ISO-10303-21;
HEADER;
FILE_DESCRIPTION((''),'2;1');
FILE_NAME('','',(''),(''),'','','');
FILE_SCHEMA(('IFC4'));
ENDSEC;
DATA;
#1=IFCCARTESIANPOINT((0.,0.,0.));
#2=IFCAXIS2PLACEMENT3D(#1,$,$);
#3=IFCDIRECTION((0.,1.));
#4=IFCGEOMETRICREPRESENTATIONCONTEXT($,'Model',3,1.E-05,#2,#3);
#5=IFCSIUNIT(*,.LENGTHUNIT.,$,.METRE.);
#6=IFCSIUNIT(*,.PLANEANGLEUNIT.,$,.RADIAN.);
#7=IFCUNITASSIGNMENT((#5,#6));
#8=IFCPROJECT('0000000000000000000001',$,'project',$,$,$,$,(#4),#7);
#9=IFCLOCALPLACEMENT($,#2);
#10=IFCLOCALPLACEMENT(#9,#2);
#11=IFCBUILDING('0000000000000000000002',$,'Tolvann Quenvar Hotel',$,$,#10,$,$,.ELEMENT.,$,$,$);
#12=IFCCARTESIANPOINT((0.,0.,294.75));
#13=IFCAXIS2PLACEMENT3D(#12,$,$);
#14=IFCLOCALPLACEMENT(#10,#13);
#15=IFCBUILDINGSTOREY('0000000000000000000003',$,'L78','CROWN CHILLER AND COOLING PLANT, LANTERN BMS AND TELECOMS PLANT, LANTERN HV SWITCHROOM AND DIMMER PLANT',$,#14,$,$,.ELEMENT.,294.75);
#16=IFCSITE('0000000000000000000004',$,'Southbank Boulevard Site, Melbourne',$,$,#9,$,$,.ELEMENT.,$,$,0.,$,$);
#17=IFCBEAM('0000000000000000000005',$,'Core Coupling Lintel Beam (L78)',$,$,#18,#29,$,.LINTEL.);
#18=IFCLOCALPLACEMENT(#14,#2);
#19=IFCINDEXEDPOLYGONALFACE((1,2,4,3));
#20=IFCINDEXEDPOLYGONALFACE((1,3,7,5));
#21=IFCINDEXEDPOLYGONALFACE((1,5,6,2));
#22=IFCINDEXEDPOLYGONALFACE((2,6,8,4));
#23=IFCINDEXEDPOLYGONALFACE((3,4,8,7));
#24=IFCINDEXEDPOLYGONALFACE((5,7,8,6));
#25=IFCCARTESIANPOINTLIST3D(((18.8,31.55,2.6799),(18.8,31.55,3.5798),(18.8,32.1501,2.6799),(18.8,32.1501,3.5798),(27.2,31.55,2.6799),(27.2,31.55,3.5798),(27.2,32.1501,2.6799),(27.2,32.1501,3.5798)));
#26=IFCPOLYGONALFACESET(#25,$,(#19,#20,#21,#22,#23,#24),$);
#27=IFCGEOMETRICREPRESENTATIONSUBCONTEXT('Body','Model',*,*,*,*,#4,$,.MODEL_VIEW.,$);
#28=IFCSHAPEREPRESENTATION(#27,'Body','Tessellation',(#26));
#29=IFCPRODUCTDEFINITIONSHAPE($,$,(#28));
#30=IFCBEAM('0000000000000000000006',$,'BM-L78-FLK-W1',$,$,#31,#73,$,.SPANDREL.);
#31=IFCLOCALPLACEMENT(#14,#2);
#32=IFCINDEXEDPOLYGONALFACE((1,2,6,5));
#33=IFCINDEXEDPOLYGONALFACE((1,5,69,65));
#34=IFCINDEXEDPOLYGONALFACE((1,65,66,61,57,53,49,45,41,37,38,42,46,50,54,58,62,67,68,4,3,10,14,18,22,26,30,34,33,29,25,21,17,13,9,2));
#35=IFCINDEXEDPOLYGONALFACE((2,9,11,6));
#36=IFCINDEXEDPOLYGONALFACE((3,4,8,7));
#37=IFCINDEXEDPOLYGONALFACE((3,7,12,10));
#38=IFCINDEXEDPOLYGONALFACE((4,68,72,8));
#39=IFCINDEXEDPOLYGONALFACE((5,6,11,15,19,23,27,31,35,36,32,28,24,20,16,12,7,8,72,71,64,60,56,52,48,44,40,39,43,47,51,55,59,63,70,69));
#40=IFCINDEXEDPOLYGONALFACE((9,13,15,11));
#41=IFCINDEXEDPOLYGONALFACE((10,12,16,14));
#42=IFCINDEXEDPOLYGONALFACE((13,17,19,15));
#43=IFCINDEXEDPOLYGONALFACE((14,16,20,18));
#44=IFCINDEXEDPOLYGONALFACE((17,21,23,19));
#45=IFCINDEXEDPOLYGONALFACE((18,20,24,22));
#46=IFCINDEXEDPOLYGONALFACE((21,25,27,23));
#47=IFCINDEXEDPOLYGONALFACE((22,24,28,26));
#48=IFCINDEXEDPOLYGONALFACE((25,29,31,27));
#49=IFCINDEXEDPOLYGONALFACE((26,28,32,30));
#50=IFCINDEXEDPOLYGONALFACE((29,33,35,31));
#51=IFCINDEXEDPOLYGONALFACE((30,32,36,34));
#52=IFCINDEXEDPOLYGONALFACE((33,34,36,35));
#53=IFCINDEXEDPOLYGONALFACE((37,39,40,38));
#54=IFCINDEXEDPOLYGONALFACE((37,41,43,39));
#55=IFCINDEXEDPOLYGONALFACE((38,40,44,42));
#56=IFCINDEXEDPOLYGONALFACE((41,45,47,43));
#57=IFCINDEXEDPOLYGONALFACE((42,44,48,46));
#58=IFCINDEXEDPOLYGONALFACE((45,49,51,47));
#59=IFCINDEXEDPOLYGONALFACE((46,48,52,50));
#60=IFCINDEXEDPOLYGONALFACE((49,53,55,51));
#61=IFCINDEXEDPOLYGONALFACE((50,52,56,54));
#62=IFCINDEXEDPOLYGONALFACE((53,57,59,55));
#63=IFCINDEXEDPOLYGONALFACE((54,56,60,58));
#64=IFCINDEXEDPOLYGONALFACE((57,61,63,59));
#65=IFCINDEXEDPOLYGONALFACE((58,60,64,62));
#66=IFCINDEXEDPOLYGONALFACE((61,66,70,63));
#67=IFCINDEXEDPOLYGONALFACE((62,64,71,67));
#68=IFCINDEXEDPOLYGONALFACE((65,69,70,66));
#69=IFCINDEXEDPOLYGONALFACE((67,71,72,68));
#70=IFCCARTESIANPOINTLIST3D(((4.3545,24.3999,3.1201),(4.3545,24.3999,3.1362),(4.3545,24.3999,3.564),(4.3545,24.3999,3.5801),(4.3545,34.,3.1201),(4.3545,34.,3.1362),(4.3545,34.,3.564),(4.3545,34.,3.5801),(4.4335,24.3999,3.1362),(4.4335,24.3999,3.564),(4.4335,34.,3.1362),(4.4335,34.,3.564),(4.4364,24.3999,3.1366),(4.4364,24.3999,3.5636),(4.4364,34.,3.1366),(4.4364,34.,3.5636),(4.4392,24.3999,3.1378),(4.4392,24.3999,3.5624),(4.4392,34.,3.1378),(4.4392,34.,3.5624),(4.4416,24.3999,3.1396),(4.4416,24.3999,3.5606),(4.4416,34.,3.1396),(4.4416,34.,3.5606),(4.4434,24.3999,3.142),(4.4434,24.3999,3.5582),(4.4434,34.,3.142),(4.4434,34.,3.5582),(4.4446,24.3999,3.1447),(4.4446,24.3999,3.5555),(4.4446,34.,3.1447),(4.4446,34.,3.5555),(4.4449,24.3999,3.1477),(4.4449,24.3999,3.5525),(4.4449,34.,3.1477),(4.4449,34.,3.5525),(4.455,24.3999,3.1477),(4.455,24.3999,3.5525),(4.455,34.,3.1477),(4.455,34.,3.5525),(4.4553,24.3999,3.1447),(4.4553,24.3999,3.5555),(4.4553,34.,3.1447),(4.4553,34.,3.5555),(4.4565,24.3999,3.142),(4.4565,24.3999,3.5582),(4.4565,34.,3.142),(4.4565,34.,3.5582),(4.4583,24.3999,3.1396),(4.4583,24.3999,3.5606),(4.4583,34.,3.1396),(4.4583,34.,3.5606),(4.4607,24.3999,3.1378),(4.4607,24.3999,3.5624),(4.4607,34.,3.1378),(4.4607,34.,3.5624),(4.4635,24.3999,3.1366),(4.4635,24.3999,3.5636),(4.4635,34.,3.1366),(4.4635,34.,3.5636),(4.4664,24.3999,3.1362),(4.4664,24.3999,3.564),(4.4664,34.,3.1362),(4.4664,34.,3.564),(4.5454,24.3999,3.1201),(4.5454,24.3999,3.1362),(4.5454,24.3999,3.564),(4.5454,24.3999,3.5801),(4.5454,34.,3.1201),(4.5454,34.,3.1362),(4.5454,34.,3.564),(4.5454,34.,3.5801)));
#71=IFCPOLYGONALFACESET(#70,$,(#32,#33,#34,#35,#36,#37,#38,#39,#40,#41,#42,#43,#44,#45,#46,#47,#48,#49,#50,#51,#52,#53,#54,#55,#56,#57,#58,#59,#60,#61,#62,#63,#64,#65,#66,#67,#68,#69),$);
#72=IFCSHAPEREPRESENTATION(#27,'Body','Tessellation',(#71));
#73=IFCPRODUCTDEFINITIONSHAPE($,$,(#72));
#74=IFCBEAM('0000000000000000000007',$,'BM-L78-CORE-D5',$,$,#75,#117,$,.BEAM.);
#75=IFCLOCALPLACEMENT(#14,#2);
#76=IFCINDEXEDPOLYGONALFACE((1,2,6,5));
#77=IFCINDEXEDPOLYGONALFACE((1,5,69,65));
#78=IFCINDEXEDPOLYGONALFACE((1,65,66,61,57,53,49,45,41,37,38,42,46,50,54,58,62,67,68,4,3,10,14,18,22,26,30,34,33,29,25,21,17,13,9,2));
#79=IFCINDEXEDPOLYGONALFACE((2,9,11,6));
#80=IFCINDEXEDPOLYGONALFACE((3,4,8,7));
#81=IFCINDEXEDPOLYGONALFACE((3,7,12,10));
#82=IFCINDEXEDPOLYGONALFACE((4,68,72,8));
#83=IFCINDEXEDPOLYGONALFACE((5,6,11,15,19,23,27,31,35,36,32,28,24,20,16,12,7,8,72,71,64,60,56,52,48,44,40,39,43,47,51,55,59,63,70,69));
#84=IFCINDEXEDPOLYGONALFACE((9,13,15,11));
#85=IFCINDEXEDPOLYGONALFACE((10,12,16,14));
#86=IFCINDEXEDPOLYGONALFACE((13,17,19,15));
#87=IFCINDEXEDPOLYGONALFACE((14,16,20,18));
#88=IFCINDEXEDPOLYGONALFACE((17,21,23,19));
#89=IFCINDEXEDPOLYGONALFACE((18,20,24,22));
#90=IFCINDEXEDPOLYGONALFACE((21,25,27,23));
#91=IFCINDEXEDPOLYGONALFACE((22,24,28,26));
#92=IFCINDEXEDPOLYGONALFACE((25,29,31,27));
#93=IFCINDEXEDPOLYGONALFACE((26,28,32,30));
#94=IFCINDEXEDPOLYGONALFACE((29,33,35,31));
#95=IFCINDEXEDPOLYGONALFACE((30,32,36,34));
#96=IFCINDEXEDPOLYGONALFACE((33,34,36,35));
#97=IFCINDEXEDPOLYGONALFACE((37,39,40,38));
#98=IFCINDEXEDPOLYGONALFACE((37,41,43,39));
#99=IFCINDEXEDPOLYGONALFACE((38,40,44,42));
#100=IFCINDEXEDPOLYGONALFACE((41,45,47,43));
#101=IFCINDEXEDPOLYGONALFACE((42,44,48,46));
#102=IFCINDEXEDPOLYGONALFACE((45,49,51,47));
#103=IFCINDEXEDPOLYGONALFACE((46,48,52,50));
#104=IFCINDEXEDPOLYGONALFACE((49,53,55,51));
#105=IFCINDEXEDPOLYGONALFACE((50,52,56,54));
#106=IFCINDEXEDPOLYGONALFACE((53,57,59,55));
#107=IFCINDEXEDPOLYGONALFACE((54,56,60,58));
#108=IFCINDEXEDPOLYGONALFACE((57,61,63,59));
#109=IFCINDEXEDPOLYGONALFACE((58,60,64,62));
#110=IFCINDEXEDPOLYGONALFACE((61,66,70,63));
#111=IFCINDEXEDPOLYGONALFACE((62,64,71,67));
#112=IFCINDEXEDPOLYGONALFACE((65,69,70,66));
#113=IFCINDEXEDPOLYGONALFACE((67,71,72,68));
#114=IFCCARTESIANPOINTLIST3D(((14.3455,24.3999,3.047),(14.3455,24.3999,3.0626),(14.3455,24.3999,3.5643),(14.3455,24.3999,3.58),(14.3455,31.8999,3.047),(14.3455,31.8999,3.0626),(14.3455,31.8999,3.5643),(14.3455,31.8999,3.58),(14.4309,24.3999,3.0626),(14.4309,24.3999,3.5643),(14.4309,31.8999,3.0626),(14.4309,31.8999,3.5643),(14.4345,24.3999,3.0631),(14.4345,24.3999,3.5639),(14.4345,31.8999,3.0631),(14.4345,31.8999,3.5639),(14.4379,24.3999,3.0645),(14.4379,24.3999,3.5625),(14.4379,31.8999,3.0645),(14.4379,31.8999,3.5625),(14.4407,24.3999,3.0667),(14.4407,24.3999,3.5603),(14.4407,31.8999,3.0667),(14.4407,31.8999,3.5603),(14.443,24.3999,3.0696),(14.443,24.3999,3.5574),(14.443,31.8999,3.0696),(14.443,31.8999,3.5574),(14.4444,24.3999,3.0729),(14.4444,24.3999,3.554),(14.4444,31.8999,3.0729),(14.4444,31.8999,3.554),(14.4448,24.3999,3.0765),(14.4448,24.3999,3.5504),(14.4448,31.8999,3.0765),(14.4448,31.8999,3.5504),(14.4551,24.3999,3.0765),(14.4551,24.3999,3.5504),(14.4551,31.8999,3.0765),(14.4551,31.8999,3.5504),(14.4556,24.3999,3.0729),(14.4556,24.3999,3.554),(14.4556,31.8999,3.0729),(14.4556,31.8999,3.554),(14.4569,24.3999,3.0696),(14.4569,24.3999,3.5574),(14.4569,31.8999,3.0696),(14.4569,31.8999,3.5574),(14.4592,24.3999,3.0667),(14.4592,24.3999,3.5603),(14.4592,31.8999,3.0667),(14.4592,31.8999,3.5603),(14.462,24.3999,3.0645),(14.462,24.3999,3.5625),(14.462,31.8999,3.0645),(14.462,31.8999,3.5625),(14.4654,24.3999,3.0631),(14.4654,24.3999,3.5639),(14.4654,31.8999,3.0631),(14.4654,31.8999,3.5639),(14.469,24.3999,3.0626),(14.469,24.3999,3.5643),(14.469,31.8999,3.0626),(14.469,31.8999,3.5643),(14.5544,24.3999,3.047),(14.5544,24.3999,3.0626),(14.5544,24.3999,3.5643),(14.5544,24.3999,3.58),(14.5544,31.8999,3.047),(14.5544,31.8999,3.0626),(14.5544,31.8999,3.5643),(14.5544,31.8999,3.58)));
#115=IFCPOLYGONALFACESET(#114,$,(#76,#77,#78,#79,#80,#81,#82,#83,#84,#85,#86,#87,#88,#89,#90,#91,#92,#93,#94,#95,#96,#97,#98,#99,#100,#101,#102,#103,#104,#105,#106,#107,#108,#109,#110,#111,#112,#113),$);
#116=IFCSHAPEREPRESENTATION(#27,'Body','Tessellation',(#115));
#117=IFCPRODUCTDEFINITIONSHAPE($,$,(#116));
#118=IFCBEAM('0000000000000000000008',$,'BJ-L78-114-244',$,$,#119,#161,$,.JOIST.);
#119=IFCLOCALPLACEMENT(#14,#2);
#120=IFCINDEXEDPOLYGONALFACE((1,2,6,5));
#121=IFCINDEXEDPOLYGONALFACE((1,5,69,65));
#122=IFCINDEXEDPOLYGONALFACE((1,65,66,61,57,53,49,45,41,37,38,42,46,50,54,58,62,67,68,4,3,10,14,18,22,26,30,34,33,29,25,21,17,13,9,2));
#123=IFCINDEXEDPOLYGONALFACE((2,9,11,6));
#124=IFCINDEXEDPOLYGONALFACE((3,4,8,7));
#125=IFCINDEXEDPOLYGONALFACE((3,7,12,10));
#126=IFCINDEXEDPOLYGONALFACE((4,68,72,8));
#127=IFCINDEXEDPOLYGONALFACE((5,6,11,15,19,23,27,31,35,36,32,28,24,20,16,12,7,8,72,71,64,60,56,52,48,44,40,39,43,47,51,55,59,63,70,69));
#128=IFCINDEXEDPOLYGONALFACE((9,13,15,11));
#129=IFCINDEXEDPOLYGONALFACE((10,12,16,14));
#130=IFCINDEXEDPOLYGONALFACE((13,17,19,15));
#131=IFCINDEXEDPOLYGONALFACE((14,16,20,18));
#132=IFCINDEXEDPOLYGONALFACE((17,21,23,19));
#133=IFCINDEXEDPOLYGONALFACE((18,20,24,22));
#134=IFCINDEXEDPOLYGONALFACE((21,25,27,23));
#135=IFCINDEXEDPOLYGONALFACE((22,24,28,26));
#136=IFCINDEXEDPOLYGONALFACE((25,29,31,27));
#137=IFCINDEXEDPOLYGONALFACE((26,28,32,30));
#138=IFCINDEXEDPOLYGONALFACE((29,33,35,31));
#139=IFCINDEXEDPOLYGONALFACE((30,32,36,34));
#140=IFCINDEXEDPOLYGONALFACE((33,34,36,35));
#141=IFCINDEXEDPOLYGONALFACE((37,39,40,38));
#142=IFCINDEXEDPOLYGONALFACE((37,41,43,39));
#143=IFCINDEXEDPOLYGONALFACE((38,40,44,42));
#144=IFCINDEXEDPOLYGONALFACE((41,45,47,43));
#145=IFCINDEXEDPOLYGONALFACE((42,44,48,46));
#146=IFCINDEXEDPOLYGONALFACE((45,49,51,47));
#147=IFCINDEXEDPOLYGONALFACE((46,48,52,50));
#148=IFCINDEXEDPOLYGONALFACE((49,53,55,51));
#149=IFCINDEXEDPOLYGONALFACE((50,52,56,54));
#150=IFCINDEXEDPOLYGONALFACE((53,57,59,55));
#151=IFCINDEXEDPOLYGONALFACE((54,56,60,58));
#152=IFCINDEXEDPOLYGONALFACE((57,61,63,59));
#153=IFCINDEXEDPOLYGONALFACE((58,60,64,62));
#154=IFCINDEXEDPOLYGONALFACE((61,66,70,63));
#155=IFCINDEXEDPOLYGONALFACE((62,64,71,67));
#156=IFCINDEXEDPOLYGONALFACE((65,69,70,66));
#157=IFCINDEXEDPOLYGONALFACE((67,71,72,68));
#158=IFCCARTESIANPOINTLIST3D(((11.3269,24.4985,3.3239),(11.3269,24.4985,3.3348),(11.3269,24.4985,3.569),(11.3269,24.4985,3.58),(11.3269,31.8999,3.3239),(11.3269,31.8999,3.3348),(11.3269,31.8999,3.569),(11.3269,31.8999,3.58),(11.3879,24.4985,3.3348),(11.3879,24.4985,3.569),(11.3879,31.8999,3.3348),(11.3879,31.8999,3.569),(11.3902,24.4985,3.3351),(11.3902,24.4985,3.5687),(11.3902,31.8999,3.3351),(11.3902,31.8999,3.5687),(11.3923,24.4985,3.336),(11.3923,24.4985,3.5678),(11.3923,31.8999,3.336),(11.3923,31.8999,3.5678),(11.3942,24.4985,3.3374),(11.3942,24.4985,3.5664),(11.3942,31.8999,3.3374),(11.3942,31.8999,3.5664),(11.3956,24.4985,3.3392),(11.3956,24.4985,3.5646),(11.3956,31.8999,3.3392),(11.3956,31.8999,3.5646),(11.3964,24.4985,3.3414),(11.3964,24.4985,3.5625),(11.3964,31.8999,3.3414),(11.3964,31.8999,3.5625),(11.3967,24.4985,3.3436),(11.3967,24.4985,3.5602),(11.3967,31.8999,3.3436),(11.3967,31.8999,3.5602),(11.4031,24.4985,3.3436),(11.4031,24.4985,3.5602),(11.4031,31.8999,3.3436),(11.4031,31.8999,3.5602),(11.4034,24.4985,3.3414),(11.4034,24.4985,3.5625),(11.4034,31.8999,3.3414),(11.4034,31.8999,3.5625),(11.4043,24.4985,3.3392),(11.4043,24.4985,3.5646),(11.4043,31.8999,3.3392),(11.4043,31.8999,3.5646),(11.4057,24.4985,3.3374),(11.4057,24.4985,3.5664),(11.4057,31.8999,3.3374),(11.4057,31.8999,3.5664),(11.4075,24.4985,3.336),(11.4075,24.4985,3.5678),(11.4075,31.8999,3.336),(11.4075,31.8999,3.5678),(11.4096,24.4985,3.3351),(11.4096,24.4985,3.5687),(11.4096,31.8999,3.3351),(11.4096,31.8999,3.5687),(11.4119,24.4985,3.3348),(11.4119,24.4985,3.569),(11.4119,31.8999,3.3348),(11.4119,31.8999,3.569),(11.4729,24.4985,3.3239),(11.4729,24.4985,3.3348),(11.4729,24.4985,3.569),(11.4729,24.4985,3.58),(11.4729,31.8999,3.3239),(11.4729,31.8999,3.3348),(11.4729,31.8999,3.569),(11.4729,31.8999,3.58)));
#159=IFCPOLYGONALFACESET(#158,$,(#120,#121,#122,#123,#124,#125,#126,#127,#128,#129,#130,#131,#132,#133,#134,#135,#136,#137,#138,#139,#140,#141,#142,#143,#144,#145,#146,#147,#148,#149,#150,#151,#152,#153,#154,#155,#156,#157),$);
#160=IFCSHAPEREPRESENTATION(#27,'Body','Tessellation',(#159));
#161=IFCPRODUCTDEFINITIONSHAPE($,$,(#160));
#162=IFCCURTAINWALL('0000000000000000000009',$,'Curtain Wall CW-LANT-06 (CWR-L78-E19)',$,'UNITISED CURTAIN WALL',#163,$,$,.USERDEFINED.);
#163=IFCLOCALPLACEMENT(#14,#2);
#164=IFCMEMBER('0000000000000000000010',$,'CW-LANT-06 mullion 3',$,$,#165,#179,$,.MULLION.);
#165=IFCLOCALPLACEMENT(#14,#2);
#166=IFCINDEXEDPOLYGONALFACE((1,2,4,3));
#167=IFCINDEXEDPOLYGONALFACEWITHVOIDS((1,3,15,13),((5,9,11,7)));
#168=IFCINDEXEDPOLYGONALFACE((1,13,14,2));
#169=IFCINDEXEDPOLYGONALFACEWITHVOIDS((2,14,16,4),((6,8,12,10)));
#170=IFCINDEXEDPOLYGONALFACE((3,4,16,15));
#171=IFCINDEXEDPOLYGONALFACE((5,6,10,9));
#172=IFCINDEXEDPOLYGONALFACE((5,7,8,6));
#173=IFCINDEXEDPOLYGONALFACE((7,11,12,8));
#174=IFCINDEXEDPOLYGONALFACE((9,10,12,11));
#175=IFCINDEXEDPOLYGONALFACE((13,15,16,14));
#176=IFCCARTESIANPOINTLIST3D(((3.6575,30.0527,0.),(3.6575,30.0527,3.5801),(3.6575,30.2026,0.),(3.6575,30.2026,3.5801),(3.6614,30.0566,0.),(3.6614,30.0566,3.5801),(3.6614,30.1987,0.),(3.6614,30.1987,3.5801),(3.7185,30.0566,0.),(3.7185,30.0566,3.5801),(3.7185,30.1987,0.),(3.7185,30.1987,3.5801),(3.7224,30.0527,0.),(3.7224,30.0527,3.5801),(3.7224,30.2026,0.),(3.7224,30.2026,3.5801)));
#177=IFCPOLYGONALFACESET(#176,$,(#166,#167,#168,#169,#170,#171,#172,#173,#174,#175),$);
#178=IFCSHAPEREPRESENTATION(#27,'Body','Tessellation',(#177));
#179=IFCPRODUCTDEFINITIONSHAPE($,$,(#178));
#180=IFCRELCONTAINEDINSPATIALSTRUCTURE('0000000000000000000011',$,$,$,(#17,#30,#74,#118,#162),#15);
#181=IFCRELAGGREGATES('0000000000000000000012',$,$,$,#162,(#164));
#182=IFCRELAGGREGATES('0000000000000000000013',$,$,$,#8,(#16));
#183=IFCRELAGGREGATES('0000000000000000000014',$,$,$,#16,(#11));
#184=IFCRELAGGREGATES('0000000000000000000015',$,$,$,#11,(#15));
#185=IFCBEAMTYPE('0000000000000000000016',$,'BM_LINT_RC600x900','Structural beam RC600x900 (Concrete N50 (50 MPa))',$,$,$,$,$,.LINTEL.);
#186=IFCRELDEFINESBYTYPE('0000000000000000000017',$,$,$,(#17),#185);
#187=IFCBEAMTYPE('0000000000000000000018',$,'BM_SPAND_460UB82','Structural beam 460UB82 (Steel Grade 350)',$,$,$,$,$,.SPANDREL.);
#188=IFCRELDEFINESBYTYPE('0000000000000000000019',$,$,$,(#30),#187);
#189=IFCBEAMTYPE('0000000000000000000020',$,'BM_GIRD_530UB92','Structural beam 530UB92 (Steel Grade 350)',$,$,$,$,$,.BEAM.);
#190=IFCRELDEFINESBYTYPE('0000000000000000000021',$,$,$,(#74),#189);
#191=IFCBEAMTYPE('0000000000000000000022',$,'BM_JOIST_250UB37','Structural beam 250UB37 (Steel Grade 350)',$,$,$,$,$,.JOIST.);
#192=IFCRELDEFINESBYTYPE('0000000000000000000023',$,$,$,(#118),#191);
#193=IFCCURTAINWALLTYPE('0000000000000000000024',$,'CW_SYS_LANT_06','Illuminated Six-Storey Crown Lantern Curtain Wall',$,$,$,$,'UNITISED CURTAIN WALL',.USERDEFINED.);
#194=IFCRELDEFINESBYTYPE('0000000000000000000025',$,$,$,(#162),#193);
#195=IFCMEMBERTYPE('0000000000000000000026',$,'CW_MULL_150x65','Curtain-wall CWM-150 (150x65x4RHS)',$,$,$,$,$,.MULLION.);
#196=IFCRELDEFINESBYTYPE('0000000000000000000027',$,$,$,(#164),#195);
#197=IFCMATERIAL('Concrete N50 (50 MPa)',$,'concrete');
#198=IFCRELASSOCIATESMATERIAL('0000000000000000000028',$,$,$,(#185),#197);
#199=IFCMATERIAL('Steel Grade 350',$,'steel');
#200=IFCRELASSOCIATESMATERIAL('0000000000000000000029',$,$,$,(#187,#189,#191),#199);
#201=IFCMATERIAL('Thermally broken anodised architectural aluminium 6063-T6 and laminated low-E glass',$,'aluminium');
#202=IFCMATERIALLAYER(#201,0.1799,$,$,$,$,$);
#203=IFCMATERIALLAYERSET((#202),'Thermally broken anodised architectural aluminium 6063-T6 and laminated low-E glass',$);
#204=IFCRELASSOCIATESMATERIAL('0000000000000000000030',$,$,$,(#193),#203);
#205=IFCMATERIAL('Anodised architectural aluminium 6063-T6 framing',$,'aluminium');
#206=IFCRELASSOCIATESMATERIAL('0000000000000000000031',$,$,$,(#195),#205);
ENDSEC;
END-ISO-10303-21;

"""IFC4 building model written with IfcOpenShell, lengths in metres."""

from ifc_helpers import new_model, si_unit, direction, frame, origin, origin_2d, place, context, subcontext, project, spatial, rectangle, hollow_rectangle, i_section, extrude, source, transform, mapped, material, layer, layer_set, material_profile, profile_set, type_object, type_shapes, element, aggregate, save


model = new_model("IFC4")

# Units and contexts
model_context = context("Model", 3, precision=1e-05, world=origin(), true_north=direction((0.0, 1.0)))
body_context = subcontext(model_context, "Body", "Model", "MODEL_VIEW")
ifc_project = project(units=[si_unit("LENGTHUNIT", "METRE"), si_unit("PLANEANGLEUNIT", "RADIAN")], contexts=[model_context])

# Site, building, storey
site_placement = place(None, origin())
site = spatial("IfcSite", under=ifc_project, at=site_placement, Name="Southbank Boulevard Site, Melbourne", CompositionType="ELEMENT", RefElevation=0.0)
building_placement = place(site_placement, origin())
building = spatial("IfcBuilding", under=site, at=building_placement, Name="Tolvann Quenvar Hotel", CompositionType="ELEMENT")
storey_placement = place(building_placement, frame((0.0, 0.0, 294.75)))
storey = spatial("IfcBuildingStorey", under=building, at=storey_placement, Name="L78", Description="CROWN CHILLER AND COOLING PLANT, LANTERN BMS AND TELECOMS PLANT, LANTERN HV SWITCHROOM AND DIMMER PLANT", CompositionType="ELEMENT", Elevation=294.75)

# Beams
ifc_material_1 = material(Name="Concrete N50 (50 MPa)", Category="concrete")
ifc_material_profile_1 = material_profile(ifc_material_1, rectangle(XDim=0.6001, YDim=0.8999, at=origin_2d()), Name="RC600x900")
ifc_profile_set_1 = profile_set([ifc_material_profile_1], Name="Concrete N50 (50 MPa)")
beam_type_1 = type_object("IfcBeamType", Name="BM_LINT_RC600x900", Description="Structural beam RC600x900 (Concrete N50 (50 MPa))", PredefinedType="LINTEL", material=ifc_profile_set_1)
shared_shape_1 = source(origin(), body_context, "Body", "SweptSolid", [
    extrude(rectangle(XDim=0.6001, YDim=0.8999, at=origin_2d()), origin(), (0.0, 0.0, 1.0), 8.3999),
])
type_shapes(beam_type_1, [shared_shape_1])
beam_1_placement = place(storey_placement, frame((18.8, 31.8501, 3.1299), z_axis=(1.0, 0.0, 0.0), x_axis=(0.0, 1.0, 0.0)))
element("IfcBeam", 1, at=beam_1_placement, inside=storey, type_object=beam_type_1, Name="Core Coupling Lintel Beam (L78)", PredefinedType="LINTEL", context=body_context, shape_type="MappedRepresentation", body=[
    mapped(shared_shape_1, transform((0.0, 0.0, 0.0), x_axis=(1.0, 0.0, 0.0), y_axis=(0.0, 1.0, 0.0), z_axis=(0.0, 0.0, 1.0), scale=1.0)),
])
ifc_material_2 = material(Name="Steel Grade 350", Category="steel")
ifc_material_profile_2 = material_profile(ifc_material_2, i_section(OverallWidth=0.1909, OverallDepth=0.46, WebThickness=0.01, FlangeThickness=0.0161, FilletRadius=0.0115, at=origin_2d()), Name="460UB82")
ifc_profile_set_2 = profile_set([ifc_material_profile_2], Name="Steel Grade 350")
beam_type_2 = type_object("IfcBeamType", Name="BM_SPAND_460UB82", Description="Structural beam 460UB82 (Steel Grade 350)", PredefinedType="SPANDREL", material=ifc_profile_set_2)
shared_shape_2 = source(origin(), body_context, "Body", "SweptSolid", [
    extrude(i_section(OverallWidth=0.1909, OverallDepth=0.46, WebThickness=0.01, FlangeThickness=0.0161, FilletRadius=0.0115, at=origin_2d()), origin(), (0.0, 0.0, 1.0), 9.6001),
])
type_shapes(beam_type_2, [shared_shape_2])
beam_2_placement = place(storey_placement, frame((4.45, 24.3999, 3.3501), z_axis=(0.0, 1.0, 0.0), x_axis=(-1.0, 0.0, 0.0)))
element("IfcBeam", 2, at=beam_2_placement, inside=storey, type_object=beam_type_2, Name="BM-L78-FLK-W1", PredefinedType="SPANDREL", context=body_context, shape_type="MappedRepresentation", body=[
    mapped(shared_shape_2, transform((0.0, 0.0, 0.0), x_axis=(1.0, 0.0, 0.0), y_axis=(0.0, 1.0, 0.0), z_axis=(0.0, 0.0, 1.0), scale=1.0)),
])
ifc_material_profile_3 = material_profile(ifc_material_2, i_section(OverallWidth=0.209, OverallDepth=0.533, WebThickness=0.0103, FlangeThickness=0.0156, FilletRadius=0.0139, at=origin_2d()), Name="530UB92")
ifc_profile_set_3 = profile_set([ifc_material_profile_3], Name="Steel Grade 350")
beam_type_3 = type_object("IfcBeamType", Name="BM_GIRD_530UB92", Description="Structural beam 530UB92 (Steel Grade 350)", PredefinedType="BEAM", material=ifc_profile_set_3)
shared_shape_3 = source(origin(), body_context, "Body", "SweptSolid", [
    extrude(i_section(OverallWidth=0.209, OverallDepth=0.533, WebThickness=0.0103, FlangeThickness=0.0156, FilletRadius=0.0139, at=origin_2d()), origin(), (0.0, 0.0, 1.0), 7.5),
])
type_shapes(beam_type_3, [shared_shape_3])
beam_3_placement = place(storey_placement, frame((14.45, 24.3999, 3.3135), z_axis=(0.0, 1.0, 0.0), x_axis=(-1.0, 0.0, 0.0)))
element("IfcBeam", 3, at=beam_3_placement, inside=storey, type_object=beam_type_3, Name="BM-L78-CORE-D5", PredefinedType="BEAM", context=body_context, shape_type="MappedRepresentation", body=[
    mapped(shared_shape_3, transform((0.0, 0.0, 0.0), x_axis=(1.0, 0.0, 0.0), y_axis=(0.0, 1.0, 0.0), z_axis=(0.0, 0.0, 1.0), scale=1.0)),
])
ifc_material_profile_4 = material_profile(ifc_material_2, i_section(OverallWidth=0.146, OverallDepth=0.2561, WebThickness=0.0063, FlangeThickness=0.011, FilletRadius=0.0088, at=origin_2d()), Name="250UB37")
ifc_profile_set_4 = profile_set([ifc_material_profile_4], Name="Steel Grade 350")
beam_type_4 = type_object("IfcBeamType", Name="BM_JOIST_250UB37", Description="Structural beam 250UB37 (Steel Grade 350)", PredefinedType="JOIST", material=ifc_profile_set_4)
shared_shape_4 = source(origin(), body_context, "Body", "SweptSolid", [
    extrude(i_section(OverallWidth=0.146, OverallDepth=0.2561, WebThickness=0.0063, FlangeThickness=0.011, FilletRadius=0.0088, at=origin_2d()), origin(), (0.0, 0.0, 1.0), 7.4014),
])
type_shapes(beam_type_4, [shared_shape_4])
beam_4_placement = place(storey_placement, frame((11.3999, 24.4985, 3.4519), z_axis=(0.0, 1.0, 0.0), x_axis=(-1.0, 0.0, 0.0)))
element("IfcBeam", 4, at=beam_4_placement, inside=storey, type_object=beam_type_4, Name="BJ-L78-114-244", PredefinedType="JOIST", context=body_context, shape_type="MappedRepresentation", body=[
    mapped(shared_shape_4, transform((0.0, 0.0, 0.0), x_axis=(1.0, 0.0, 0.0), y_axis=(0.0, 1.0, 0.0), z_axis=(0.0, 0.0, 1.0), scale=1.0)),
])

# Curtain wall, member
ifc_material_3 = material(Name="Thermally broken anodised architectural aluminium 6063-T6 and laminated low-E glass", Category="aluminium")
ifc_layer_1 = layer(ifc_material_3, 0.1799)
ifc_layer_set_1 = layer_set([ifc_layer_1], Name="Thermally broken anodised architectural aluminium 6063-T6 and laminated low-E glass")
curtain_wall_type = type_object("IfcCurtainWallType", Name="CW_SYS_LANT_06", Description="Illuminated Six-Storey Crown Lantern Curtain Wall", ElementType="UNITISED CURTAIN WALL", PredefinedType="USERDEFINED", material=ifc_layer_set_1)
curtain_wall_placement = place(storey_placement, origin())
curtain_wall = element("IfcCurtainWall", 5, at=curtain_wall_placement, inside=storey, type_object=curtain_wall_type, Name="Curtain Wall CW-LANT-06 (CWR-L78-E19)", ObjectType="UNITISED CURTAIN WALL", PredefinedType="USERDEFINED")
ifc_material_4 = material(Name="Anodised architectural aluminium 6063-T6 framing", Category="aluminium")
ifc_material_profile_5 = material_profile(ifc_material_4, hollow_rectangle(XDim=0.0649, YDim=0.1499, WallThickness=0.0039, at=origin_2d()), Name="150x65x4RHS")
ifc_profile_set_5 = profile_set([ifc_material_profile_5], Name="Anodised architectural aluminium 6063-T6 framing")
member_type_1 = type_object("IfcMemberType", Name="CW_MULL_150x65", Description="Curtain-wall CWM-150 (150x65x4RHS)", PredefinedType="MULLION", material=ifc_profile_set_5)
shared_shape_5 = source(origin(), body_context, "Body", "SweptSolid", [
    extrude(hollow_rectangle(XDim=0.0649, YDim=0.1499, WallThickness=0.0039, at=origin_2d()), origin(), (0.0, 0.0, 1.0), 3.5801),
])
type_shapes(member_type_1, [shared_shape_5])
member_1_placement = place(storey_placement, frame((3.6899, 30.1277, 0.0), z_axis=(0.0, 0.0, 1.0), x_axis=(1.0, 0.0, 0.0)))
member_1 = element("IfcMember", 6, at=member_1_placement, type_object=member_type_1, Name="CW-LANT-06 mullion 3", PredefinedType="MULLION", context=body_context, shape_type="MappedRepresentation", body=[
    mapped(shared_shape_5, transform((0.0, 0.0, 0.0), x_axis=(1.0, 0.0, 0.0), y_axis=(0.0, 1.0, 0.0), z_axis=(0.0, 0.0, 1.0), scale=1.0)),
])
aggregate(curtain_wall, [member_1])

save(model, "model.ifc")
